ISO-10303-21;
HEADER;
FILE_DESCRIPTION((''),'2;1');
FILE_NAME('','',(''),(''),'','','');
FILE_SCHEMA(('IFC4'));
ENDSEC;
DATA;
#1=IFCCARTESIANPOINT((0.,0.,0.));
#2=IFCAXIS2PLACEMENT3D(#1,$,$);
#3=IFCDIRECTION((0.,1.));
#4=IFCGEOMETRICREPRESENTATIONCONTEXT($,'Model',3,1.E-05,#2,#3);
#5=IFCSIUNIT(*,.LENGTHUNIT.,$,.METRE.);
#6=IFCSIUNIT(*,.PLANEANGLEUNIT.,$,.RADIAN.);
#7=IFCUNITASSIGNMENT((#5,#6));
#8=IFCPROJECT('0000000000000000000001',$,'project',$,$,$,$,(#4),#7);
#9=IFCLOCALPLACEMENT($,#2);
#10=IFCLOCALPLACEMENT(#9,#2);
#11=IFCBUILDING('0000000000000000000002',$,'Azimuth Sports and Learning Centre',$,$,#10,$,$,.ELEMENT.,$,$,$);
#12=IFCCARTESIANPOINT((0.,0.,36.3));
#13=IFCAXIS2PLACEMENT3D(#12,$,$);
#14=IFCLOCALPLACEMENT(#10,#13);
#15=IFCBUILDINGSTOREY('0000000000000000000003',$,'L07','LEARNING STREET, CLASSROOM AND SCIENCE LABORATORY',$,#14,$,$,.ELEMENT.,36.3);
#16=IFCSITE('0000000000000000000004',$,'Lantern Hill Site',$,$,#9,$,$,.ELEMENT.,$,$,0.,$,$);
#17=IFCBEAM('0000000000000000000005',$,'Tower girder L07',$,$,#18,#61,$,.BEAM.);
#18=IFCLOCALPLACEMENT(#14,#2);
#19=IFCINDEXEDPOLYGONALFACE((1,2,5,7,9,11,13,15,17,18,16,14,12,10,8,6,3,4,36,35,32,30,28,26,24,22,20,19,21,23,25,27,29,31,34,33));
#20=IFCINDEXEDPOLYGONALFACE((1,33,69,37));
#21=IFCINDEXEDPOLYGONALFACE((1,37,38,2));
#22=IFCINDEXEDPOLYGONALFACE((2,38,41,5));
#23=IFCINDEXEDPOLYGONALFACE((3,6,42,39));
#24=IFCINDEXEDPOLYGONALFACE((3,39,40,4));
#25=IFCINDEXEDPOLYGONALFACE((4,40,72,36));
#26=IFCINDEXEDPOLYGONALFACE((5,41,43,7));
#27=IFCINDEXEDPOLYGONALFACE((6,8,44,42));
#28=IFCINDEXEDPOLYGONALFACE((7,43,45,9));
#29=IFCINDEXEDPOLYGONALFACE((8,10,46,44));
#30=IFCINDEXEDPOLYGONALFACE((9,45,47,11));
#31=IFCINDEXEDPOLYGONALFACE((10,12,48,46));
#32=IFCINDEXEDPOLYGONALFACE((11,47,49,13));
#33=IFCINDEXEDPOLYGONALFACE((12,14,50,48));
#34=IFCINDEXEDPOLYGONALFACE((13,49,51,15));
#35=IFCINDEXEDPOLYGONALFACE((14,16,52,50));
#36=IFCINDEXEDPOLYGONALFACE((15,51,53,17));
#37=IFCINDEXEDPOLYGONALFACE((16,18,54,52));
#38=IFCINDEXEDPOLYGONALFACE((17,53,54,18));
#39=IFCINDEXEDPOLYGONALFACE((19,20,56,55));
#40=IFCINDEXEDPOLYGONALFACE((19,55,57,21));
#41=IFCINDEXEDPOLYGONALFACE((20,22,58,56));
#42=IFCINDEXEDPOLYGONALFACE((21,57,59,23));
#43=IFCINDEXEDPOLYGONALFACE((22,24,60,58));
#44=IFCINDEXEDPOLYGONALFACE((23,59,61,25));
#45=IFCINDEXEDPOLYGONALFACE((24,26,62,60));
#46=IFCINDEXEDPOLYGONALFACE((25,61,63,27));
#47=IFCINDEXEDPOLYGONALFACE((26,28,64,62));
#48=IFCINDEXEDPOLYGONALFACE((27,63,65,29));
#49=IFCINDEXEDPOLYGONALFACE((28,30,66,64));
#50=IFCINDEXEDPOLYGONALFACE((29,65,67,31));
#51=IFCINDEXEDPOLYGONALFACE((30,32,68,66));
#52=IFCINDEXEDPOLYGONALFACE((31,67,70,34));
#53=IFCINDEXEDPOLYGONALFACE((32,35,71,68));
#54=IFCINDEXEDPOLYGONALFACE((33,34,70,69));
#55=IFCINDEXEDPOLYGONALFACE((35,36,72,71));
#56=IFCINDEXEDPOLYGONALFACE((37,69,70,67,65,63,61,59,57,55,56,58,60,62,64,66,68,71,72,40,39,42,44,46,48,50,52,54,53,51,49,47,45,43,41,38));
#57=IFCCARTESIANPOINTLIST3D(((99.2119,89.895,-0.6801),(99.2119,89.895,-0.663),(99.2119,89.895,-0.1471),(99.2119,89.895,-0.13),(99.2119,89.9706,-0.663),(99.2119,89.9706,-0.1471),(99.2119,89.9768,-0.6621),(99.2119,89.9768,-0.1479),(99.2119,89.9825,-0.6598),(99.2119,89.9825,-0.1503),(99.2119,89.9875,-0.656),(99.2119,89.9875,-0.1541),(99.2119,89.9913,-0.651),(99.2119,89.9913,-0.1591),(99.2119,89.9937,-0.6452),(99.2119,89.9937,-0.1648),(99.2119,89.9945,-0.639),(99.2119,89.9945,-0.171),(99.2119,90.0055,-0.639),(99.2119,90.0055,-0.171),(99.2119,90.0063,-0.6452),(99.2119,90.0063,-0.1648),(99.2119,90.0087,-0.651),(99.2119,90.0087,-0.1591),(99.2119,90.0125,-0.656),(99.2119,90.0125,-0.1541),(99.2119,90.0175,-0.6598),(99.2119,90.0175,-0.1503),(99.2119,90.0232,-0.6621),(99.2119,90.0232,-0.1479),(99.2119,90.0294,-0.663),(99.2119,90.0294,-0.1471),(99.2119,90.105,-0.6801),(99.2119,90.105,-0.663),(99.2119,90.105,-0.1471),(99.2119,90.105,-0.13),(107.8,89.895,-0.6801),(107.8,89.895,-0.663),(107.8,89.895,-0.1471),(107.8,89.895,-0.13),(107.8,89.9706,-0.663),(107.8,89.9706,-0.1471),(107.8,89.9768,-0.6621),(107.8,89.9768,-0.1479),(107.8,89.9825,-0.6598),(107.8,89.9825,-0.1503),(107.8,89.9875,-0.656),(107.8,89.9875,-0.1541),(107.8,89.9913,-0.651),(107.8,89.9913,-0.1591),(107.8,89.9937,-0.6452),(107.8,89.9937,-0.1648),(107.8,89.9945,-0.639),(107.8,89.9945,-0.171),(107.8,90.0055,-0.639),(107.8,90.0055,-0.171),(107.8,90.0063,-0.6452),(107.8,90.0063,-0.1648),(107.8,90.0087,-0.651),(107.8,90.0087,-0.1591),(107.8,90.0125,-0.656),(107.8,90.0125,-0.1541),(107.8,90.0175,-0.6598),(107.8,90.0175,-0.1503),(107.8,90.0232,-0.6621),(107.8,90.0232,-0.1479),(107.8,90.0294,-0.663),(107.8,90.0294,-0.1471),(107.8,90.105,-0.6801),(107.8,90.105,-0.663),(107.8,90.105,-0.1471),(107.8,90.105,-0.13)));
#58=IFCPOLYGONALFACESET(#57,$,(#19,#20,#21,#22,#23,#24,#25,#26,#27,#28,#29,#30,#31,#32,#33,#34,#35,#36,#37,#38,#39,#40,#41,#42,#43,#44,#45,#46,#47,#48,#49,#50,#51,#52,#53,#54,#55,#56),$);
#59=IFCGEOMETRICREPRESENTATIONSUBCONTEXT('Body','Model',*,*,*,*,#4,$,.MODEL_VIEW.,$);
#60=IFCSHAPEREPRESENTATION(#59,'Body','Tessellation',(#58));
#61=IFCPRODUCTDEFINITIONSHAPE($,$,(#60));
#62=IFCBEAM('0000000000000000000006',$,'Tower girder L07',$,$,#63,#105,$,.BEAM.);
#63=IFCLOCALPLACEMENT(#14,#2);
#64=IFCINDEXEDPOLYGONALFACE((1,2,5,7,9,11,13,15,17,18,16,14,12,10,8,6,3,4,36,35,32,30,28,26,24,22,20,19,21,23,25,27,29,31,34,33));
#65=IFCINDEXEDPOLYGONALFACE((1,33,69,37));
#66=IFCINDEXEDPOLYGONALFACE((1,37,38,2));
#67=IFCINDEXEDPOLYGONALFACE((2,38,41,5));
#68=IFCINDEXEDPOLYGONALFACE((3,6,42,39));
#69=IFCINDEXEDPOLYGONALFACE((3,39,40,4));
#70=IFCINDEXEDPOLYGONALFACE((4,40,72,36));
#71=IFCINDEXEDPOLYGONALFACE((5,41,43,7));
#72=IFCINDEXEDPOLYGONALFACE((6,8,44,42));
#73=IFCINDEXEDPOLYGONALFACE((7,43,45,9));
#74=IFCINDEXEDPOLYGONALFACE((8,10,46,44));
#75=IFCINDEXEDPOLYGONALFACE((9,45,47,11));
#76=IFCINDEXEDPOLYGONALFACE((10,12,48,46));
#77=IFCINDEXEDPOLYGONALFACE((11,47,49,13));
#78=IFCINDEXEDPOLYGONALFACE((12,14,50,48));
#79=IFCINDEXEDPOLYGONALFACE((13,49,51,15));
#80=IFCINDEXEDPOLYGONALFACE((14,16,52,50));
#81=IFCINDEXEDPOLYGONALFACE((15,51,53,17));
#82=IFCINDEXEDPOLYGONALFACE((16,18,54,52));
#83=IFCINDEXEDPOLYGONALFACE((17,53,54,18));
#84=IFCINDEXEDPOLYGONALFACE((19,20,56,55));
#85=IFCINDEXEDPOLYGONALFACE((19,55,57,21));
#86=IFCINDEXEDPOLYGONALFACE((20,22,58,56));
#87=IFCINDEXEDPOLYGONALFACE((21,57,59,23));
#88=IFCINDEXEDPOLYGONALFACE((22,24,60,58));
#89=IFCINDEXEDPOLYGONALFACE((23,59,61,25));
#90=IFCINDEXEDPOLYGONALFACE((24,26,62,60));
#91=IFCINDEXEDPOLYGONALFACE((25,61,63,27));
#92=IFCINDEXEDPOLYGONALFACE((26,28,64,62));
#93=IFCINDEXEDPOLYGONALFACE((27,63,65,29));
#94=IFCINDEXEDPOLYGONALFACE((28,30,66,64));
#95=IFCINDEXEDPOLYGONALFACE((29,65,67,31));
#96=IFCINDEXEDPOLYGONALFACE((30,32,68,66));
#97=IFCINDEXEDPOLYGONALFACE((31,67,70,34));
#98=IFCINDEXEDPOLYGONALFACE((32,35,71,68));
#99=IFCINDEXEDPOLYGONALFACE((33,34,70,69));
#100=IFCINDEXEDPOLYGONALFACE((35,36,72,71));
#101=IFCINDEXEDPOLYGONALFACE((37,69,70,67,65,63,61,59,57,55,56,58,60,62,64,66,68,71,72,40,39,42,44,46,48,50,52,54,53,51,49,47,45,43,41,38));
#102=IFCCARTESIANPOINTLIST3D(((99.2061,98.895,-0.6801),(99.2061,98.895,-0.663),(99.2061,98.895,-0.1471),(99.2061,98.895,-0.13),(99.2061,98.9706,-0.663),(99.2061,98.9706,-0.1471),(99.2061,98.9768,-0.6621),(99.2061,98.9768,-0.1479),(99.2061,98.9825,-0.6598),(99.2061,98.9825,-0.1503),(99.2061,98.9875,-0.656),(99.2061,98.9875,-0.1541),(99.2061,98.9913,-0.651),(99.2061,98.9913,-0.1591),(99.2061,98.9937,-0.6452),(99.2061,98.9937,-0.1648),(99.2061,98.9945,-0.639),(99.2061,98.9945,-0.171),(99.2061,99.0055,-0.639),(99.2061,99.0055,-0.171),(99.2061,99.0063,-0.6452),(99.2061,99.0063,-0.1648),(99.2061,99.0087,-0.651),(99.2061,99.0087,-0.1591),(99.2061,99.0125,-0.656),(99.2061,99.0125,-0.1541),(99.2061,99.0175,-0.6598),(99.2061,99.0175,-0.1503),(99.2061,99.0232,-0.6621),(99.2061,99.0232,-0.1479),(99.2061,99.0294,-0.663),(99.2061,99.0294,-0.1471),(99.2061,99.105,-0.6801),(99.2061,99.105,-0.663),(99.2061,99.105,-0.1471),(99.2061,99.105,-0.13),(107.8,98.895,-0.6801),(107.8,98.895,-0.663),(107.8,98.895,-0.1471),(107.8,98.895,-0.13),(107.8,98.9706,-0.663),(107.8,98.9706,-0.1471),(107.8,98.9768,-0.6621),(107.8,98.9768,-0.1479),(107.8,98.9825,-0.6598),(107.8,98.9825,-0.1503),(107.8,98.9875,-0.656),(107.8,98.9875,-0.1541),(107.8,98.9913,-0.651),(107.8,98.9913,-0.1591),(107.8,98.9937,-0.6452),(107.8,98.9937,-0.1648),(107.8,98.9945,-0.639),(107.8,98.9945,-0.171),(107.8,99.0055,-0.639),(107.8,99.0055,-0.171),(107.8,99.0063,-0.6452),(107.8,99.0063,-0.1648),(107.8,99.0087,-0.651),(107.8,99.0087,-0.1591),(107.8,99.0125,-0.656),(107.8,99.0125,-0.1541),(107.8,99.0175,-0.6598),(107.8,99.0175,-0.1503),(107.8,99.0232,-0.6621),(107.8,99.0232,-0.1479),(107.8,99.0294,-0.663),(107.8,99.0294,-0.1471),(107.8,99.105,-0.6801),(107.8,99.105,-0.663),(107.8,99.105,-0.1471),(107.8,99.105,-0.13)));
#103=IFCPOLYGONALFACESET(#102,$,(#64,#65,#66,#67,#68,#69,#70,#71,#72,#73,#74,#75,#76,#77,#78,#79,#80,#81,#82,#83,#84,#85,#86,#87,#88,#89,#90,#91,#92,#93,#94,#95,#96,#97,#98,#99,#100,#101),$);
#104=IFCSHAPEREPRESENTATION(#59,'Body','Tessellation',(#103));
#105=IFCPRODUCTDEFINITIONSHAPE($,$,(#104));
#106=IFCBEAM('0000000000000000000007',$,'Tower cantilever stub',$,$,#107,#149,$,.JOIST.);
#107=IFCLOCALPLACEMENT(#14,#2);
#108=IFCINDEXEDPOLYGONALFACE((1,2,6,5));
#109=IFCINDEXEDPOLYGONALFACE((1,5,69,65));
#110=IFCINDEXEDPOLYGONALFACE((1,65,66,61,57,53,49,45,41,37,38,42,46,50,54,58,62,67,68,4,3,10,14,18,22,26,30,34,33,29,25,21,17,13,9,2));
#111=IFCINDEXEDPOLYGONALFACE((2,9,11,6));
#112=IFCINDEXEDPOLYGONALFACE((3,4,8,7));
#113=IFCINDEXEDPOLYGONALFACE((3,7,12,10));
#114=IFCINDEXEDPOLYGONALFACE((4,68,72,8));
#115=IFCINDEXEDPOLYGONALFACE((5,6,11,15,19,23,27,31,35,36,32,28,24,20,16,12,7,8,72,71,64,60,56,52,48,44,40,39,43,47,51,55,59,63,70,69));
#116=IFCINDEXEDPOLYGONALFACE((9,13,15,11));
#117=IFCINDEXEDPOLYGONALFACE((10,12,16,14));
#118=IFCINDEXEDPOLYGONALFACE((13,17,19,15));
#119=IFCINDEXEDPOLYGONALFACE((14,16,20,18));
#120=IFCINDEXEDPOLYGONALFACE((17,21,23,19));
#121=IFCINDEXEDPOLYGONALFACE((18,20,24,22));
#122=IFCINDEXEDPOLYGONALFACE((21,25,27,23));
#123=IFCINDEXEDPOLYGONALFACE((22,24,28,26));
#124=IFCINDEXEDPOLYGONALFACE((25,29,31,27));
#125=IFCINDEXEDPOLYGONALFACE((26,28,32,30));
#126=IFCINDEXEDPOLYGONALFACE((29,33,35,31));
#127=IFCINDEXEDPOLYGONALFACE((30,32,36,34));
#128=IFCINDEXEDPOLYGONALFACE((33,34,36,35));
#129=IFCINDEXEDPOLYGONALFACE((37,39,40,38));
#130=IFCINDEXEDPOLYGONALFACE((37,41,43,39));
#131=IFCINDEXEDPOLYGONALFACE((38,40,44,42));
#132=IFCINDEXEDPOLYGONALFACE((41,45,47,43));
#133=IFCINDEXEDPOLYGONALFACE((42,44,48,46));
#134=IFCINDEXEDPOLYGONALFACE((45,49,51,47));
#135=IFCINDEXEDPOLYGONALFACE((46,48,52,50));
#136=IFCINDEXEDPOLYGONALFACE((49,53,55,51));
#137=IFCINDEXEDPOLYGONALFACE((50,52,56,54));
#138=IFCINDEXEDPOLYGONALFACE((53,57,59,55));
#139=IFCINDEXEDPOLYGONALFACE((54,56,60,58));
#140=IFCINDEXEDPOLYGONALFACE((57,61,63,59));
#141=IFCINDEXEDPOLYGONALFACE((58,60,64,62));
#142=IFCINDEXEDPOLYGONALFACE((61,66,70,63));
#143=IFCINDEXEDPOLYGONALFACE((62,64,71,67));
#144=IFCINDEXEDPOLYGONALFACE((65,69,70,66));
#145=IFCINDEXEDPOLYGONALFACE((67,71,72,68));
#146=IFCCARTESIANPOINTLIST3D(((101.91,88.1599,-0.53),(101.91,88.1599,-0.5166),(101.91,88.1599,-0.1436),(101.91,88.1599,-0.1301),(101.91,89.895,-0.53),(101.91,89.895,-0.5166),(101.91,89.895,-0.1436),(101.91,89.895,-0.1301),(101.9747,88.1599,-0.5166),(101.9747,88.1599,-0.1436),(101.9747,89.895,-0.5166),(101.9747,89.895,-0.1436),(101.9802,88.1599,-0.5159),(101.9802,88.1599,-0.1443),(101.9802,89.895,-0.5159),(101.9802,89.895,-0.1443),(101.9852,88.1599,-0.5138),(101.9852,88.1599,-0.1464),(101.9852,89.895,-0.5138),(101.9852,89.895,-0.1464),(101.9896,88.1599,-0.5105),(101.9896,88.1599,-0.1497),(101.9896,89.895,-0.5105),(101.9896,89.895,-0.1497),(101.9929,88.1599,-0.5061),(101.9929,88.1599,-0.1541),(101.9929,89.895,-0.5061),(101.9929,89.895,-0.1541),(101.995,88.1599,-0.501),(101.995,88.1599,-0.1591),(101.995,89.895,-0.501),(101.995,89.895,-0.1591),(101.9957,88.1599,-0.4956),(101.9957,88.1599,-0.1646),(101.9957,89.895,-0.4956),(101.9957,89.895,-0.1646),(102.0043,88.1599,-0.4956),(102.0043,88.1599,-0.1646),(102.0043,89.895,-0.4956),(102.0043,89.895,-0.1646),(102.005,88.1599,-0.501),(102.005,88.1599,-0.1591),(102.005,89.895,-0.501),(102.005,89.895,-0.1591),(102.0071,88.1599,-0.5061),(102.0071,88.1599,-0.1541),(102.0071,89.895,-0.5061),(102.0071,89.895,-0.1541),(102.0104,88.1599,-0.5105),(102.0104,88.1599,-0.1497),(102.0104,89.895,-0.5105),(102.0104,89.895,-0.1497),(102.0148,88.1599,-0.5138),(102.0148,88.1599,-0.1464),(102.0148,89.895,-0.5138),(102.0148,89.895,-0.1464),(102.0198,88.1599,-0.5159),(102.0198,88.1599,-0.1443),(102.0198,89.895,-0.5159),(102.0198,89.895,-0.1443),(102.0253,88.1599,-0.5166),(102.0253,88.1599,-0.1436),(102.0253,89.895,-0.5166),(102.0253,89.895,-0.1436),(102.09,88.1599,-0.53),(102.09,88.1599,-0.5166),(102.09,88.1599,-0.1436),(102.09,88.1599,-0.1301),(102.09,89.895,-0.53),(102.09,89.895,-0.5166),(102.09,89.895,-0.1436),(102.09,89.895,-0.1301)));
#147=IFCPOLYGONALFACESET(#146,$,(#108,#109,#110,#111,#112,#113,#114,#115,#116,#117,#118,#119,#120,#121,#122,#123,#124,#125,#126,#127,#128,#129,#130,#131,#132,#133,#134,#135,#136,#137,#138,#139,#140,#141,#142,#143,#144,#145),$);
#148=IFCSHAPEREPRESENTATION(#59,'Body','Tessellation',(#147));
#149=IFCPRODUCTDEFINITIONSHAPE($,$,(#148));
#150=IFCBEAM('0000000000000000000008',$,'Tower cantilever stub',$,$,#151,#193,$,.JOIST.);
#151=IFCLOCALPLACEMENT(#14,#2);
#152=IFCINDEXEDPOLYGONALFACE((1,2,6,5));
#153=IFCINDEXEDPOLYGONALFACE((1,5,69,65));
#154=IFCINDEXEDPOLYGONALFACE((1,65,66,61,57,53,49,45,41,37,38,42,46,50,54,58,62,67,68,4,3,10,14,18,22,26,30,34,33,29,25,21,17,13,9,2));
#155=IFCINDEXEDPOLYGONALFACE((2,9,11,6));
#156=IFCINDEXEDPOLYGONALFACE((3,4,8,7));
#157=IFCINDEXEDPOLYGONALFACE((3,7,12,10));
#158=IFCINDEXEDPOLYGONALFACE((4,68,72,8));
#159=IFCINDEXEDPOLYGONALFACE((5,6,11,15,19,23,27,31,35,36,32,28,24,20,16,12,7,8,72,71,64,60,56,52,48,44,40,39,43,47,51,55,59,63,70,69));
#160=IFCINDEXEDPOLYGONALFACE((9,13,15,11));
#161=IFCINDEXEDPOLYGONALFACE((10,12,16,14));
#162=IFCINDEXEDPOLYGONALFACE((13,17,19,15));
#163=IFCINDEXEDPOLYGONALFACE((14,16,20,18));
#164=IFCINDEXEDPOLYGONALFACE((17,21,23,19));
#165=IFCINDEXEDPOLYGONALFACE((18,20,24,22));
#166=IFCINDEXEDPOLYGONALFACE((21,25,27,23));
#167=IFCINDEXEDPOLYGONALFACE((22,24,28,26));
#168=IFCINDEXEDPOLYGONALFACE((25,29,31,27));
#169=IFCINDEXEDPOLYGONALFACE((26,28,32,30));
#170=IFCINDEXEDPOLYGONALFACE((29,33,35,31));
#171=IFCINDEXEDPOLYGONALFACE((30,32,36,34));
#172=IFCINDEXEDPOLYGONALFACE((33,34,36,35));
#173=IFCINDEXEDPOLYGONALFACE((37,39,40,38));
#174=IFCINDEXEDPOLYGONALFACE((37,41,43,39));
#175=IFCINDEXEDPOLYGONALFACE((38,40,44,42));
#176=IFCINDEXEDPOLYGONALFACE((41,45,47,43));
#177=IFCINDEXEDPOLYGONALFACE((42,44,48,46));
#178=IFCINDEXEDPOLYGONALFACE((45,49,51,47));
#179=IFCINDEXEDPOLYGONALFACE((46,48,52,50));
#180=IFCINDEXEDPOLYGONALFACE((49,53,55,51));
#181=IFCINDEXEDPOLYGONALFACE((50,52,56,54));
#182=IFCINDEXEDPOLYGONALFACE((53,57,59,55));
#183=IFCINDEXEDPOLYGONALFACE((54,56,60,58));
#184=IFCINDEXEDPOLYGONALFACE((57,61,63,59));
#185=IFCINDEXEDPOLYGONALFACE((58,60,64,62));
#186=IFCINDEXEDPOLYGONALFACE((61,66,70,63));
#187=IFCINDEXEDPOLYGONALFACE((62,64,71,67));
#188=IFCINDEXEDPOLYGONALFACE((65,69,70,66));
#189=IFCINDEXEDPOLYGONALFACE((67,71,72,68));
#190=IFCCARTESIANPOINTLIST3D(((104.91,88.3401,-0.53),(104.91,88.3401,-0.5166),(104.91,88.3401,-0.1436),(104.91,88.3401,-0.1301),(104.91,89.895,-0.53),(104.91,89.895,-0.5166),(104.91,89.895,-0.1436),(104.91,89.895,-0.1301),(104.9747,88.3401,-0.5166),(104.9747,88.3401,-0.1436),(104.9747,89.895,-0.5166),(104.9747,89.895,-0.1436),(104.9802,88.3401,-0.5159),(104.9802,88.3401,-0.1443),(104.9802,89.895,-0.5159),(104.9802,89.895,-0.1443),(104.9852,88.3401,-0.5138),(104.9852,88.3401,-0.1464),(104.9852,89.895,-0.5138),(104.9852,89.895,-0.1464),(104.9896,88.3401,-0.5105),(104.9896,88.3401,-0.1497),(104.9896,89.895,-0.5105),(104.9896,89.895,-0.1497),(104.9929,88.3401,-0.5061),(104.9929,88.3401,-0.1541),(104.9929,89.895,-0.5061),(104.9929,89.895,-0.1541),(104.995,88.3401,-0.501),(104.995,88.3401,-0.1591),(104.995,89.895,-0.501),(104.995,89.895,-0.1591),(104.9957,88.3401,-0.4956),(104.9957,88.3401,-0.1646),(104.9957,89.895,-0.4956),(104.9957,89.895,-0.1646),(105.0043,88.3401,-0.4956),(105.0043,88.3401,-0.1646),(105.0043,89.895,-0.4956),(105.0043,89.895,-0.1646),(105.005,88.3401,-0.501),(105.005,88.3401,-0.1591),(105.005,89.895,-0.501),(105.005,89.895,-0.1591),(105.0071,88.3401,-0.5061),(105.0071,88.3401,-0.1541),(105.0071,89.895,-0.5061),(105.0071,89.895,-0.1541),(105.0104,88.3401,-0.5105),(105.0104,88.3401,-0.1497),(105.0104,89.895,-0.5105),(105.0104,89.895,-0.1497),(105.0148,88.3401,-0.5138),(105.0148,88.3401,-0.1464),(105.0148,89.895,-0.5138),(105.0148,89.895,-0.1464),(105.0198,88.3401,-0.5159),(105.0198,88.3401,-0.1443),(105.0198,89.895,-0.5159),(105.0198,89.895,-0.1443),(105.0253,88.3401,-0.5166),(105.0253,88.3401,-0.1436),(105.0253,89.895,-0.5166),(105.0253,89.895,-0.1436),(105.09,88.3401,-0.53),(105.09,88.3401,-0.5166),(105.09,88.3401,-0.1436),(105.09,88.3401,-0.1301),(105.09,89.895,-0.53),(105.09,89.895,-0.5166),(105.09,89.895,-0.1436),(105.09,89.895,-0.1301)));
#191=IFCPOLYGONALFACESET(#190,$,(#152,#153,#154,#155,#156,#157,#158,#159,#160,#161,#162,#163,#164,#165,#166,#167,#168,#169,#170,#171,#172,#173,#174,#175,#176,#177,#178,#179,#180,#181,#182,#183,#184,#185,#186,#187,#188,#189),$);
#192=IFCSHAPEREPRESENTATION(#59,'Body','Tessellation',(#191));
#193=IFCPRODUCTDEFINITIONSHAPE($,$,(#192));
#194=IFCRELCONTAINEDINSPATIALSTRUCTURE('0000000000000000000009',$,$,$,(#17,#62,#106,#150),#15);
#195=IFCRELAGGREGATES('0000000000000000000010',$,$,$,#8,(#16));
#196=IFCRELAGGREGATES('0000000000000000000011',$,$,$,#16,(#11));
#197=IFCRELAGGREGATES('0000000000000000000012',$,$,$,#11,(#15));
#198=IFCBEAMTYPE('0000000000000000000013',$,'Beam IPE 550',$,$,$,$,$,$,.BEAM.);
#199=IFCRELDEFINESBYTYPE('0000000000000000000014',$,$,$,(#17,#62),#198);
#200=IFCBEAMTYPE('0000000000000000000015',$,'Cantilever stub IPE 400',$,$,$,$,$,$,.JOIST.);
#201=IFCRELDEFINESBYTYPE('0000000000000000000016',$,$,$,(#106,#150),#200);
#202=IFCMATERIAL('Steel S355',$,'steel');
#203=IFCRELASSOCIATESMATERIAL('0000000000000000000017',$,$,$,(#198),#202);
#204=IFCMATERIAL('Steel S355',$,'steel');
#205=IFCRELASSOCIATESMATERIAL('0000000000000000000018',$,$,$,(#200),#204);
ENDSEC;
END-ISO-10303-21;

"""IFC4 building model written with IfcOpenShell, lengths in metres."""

from ifc_helpers import new_model, si_unit, direction, frame, origin, origin_2d, place, context, subcontext, project, spatial, i_section, extrude, material, material_profile, profile_set, type_object, element, save


model = new_model("IFC4")

# Units and contexts
model_context = context("Model", 3, precision=1e-05, world=origin(), true_north=direction((0.0, 1.0)))
body_context = subcontext(model_context, "Body", "Model", "MODEL_VIEW")
ifc_project = project(units=[si_unit("LENGTHUNIT", "METRE"), si_unit("PLANEANGLEUNIT", "RADIAN")], contexts=[model_context])

# Site, building, storey
site_placement = place(None, origin())
site = spatial("IfcSite", under=ifc_project, at=site_placement, Name="Lantern Hill Site", CompositionType="ELEMENT", RefElevation=0.0)
building_placement = place(site_placement, origin())
building = spatial("IfcBuilding", under=site, at=building_placement, Name="Azimuth Sports and Learning Centre", CompositionType="ELEMENT")
storey_placement = place(building_placement, frame((0.0, 0.0, 36.3)))
storey = spatial("IfcBuildingStorey", under=building, at=storey_placement, Name="L07", Description="LEARNING STREET, CLASSROOM AND SCIENCE LABORATORY", CompositionType="ELEMENT", Elevation=36.3)

# Beams
ifc_material_1 = material(Name="Steel S355", Category="steel")
ifc_material_profile_1 = material_profile(ifc_material_1, i_section(OverallWidth=0.21, OverallDepth=0.55, WebThickness=0.011, FlangeThickness=0.0171, FilletRadius=0.0239, at=origin_2d()), Name="IPE 550")
ifc_profile_set_1 = profile_set([ifc_material_profile_1], Name="Steel S355")
beam_type_1 = type_object("IfcBeamType", Name="Beam IPE 550", PredefinedType="BEAM", material=ifc_profile_set_1)
beam_1_placement = place(storey_placement, frame((99.2119, 90.0, -0.405), z_axis=(1.0, 0.0, 0.0), x_axis=(0.0, 1.0, 0.0)))
element("IfcBeam", 1, at=beam_1_placement, inside=storey, type_object=beam_type_1, Name="Tower girder L07", PredefinedType="BEAM", context=body_context, shape_type="SweptSolid", body=[
    extrude(i_section(OverallWidth=0.21, OverallDepth=0.55, WebThickness=0.011, FlangeThickness=0.0171, FilletRadius=0.0239, at=origin_2d()), origin(), (0.0, 0.0, 1.0), 8.5881),
])
beam_2_placement = place(storey_placement, frame((99.2061, 99.0, -0.405), z_axis=(1.0, 0.0, 0.0), x_axis=(0.0, 1.0, 0.0)))
element("IfcBeam", 2, at=beam_2_placement, inside=storey, type_object=beam_type_1, Name="Tower girder L07", PredefinedType="BEAM", context=body_context, shape_type="SweptSolid", body=[
    extrude(i_section(OverallWidth=0.21, OverallDepth=0.55, WebThickness=0.011, FlangeThickness=0.0171, FilletRadius=0.0239, at=origin_2d()), origin(), (0.0, 0.0, 1.0), 8.594),
])
ifc_material_2 = material(Name="Steel S355", Category="steel")
ifc_material_profile_2 = material_profile(ifc_material_2, i_section(OverallWidth=0.1799, OverallDepth=0.3999, WebThickness=0.0085, FlangeThickness=0.0134, FilletRadius=0.021, at=origin_2d()), Name="IPE 400")
ifc_profile_set_2 = profile_set([ifc_material_profile_2], Name="Steel S355")
beam_type_2 = type_object("IfcBeamType", Name="Cantilever stub IPE 400", PredefinedType="JOIST", material=ifc_profile_set_2)
beam_3_placement = place(storey_placement, frame((102.0, 89.895, -0.3301), z_axis=(0.0, -1.0, 0.0), x_axis=(1.0, 0.0, 0.0)))
element("IfcBeam", 3, at=beam_3_placement, inside=storey, type_object=beam_type_2, Name="Tower cantilever stub", PredefinedType="JOIST", context=body_context, shape_type="SweptSolid", body=[
    extrude(i_section(OverallWidth=0.1799, OverallDepth=0.3999, WebThickness=0.0085, FlangeThickness=0.0134, FilletRadius=0.021, at=origin_2d()), origin(), (0.0, 0.0, 1.0), 1.7351),
])
beam_4_placement = place(storey_placement, frame((105.0, 89.895, -0.3301), z_axis=(0.0, -1.0, 0.0), x_axis=(1.0, 0.0, 0.0)))
element("IfcBeam", 4, at=beam_4_placement, inside=storey, type_object=beam_type_2, Name="Tower cantilever stub", PredefinedType="JOIST", context=body_context, shape_type="SweptSolid", body=[
    extrude(i_section(OverallWidth=0.1799, OverallDepth=0.3999, WebThickness=0.0085, FlangeThickness=0.0134, FilletRadius=0.021, at=origin_2d()), origin(), (0.0, 0.0, 1.0), 1.5549),
])

save(model, "model.ifc")
